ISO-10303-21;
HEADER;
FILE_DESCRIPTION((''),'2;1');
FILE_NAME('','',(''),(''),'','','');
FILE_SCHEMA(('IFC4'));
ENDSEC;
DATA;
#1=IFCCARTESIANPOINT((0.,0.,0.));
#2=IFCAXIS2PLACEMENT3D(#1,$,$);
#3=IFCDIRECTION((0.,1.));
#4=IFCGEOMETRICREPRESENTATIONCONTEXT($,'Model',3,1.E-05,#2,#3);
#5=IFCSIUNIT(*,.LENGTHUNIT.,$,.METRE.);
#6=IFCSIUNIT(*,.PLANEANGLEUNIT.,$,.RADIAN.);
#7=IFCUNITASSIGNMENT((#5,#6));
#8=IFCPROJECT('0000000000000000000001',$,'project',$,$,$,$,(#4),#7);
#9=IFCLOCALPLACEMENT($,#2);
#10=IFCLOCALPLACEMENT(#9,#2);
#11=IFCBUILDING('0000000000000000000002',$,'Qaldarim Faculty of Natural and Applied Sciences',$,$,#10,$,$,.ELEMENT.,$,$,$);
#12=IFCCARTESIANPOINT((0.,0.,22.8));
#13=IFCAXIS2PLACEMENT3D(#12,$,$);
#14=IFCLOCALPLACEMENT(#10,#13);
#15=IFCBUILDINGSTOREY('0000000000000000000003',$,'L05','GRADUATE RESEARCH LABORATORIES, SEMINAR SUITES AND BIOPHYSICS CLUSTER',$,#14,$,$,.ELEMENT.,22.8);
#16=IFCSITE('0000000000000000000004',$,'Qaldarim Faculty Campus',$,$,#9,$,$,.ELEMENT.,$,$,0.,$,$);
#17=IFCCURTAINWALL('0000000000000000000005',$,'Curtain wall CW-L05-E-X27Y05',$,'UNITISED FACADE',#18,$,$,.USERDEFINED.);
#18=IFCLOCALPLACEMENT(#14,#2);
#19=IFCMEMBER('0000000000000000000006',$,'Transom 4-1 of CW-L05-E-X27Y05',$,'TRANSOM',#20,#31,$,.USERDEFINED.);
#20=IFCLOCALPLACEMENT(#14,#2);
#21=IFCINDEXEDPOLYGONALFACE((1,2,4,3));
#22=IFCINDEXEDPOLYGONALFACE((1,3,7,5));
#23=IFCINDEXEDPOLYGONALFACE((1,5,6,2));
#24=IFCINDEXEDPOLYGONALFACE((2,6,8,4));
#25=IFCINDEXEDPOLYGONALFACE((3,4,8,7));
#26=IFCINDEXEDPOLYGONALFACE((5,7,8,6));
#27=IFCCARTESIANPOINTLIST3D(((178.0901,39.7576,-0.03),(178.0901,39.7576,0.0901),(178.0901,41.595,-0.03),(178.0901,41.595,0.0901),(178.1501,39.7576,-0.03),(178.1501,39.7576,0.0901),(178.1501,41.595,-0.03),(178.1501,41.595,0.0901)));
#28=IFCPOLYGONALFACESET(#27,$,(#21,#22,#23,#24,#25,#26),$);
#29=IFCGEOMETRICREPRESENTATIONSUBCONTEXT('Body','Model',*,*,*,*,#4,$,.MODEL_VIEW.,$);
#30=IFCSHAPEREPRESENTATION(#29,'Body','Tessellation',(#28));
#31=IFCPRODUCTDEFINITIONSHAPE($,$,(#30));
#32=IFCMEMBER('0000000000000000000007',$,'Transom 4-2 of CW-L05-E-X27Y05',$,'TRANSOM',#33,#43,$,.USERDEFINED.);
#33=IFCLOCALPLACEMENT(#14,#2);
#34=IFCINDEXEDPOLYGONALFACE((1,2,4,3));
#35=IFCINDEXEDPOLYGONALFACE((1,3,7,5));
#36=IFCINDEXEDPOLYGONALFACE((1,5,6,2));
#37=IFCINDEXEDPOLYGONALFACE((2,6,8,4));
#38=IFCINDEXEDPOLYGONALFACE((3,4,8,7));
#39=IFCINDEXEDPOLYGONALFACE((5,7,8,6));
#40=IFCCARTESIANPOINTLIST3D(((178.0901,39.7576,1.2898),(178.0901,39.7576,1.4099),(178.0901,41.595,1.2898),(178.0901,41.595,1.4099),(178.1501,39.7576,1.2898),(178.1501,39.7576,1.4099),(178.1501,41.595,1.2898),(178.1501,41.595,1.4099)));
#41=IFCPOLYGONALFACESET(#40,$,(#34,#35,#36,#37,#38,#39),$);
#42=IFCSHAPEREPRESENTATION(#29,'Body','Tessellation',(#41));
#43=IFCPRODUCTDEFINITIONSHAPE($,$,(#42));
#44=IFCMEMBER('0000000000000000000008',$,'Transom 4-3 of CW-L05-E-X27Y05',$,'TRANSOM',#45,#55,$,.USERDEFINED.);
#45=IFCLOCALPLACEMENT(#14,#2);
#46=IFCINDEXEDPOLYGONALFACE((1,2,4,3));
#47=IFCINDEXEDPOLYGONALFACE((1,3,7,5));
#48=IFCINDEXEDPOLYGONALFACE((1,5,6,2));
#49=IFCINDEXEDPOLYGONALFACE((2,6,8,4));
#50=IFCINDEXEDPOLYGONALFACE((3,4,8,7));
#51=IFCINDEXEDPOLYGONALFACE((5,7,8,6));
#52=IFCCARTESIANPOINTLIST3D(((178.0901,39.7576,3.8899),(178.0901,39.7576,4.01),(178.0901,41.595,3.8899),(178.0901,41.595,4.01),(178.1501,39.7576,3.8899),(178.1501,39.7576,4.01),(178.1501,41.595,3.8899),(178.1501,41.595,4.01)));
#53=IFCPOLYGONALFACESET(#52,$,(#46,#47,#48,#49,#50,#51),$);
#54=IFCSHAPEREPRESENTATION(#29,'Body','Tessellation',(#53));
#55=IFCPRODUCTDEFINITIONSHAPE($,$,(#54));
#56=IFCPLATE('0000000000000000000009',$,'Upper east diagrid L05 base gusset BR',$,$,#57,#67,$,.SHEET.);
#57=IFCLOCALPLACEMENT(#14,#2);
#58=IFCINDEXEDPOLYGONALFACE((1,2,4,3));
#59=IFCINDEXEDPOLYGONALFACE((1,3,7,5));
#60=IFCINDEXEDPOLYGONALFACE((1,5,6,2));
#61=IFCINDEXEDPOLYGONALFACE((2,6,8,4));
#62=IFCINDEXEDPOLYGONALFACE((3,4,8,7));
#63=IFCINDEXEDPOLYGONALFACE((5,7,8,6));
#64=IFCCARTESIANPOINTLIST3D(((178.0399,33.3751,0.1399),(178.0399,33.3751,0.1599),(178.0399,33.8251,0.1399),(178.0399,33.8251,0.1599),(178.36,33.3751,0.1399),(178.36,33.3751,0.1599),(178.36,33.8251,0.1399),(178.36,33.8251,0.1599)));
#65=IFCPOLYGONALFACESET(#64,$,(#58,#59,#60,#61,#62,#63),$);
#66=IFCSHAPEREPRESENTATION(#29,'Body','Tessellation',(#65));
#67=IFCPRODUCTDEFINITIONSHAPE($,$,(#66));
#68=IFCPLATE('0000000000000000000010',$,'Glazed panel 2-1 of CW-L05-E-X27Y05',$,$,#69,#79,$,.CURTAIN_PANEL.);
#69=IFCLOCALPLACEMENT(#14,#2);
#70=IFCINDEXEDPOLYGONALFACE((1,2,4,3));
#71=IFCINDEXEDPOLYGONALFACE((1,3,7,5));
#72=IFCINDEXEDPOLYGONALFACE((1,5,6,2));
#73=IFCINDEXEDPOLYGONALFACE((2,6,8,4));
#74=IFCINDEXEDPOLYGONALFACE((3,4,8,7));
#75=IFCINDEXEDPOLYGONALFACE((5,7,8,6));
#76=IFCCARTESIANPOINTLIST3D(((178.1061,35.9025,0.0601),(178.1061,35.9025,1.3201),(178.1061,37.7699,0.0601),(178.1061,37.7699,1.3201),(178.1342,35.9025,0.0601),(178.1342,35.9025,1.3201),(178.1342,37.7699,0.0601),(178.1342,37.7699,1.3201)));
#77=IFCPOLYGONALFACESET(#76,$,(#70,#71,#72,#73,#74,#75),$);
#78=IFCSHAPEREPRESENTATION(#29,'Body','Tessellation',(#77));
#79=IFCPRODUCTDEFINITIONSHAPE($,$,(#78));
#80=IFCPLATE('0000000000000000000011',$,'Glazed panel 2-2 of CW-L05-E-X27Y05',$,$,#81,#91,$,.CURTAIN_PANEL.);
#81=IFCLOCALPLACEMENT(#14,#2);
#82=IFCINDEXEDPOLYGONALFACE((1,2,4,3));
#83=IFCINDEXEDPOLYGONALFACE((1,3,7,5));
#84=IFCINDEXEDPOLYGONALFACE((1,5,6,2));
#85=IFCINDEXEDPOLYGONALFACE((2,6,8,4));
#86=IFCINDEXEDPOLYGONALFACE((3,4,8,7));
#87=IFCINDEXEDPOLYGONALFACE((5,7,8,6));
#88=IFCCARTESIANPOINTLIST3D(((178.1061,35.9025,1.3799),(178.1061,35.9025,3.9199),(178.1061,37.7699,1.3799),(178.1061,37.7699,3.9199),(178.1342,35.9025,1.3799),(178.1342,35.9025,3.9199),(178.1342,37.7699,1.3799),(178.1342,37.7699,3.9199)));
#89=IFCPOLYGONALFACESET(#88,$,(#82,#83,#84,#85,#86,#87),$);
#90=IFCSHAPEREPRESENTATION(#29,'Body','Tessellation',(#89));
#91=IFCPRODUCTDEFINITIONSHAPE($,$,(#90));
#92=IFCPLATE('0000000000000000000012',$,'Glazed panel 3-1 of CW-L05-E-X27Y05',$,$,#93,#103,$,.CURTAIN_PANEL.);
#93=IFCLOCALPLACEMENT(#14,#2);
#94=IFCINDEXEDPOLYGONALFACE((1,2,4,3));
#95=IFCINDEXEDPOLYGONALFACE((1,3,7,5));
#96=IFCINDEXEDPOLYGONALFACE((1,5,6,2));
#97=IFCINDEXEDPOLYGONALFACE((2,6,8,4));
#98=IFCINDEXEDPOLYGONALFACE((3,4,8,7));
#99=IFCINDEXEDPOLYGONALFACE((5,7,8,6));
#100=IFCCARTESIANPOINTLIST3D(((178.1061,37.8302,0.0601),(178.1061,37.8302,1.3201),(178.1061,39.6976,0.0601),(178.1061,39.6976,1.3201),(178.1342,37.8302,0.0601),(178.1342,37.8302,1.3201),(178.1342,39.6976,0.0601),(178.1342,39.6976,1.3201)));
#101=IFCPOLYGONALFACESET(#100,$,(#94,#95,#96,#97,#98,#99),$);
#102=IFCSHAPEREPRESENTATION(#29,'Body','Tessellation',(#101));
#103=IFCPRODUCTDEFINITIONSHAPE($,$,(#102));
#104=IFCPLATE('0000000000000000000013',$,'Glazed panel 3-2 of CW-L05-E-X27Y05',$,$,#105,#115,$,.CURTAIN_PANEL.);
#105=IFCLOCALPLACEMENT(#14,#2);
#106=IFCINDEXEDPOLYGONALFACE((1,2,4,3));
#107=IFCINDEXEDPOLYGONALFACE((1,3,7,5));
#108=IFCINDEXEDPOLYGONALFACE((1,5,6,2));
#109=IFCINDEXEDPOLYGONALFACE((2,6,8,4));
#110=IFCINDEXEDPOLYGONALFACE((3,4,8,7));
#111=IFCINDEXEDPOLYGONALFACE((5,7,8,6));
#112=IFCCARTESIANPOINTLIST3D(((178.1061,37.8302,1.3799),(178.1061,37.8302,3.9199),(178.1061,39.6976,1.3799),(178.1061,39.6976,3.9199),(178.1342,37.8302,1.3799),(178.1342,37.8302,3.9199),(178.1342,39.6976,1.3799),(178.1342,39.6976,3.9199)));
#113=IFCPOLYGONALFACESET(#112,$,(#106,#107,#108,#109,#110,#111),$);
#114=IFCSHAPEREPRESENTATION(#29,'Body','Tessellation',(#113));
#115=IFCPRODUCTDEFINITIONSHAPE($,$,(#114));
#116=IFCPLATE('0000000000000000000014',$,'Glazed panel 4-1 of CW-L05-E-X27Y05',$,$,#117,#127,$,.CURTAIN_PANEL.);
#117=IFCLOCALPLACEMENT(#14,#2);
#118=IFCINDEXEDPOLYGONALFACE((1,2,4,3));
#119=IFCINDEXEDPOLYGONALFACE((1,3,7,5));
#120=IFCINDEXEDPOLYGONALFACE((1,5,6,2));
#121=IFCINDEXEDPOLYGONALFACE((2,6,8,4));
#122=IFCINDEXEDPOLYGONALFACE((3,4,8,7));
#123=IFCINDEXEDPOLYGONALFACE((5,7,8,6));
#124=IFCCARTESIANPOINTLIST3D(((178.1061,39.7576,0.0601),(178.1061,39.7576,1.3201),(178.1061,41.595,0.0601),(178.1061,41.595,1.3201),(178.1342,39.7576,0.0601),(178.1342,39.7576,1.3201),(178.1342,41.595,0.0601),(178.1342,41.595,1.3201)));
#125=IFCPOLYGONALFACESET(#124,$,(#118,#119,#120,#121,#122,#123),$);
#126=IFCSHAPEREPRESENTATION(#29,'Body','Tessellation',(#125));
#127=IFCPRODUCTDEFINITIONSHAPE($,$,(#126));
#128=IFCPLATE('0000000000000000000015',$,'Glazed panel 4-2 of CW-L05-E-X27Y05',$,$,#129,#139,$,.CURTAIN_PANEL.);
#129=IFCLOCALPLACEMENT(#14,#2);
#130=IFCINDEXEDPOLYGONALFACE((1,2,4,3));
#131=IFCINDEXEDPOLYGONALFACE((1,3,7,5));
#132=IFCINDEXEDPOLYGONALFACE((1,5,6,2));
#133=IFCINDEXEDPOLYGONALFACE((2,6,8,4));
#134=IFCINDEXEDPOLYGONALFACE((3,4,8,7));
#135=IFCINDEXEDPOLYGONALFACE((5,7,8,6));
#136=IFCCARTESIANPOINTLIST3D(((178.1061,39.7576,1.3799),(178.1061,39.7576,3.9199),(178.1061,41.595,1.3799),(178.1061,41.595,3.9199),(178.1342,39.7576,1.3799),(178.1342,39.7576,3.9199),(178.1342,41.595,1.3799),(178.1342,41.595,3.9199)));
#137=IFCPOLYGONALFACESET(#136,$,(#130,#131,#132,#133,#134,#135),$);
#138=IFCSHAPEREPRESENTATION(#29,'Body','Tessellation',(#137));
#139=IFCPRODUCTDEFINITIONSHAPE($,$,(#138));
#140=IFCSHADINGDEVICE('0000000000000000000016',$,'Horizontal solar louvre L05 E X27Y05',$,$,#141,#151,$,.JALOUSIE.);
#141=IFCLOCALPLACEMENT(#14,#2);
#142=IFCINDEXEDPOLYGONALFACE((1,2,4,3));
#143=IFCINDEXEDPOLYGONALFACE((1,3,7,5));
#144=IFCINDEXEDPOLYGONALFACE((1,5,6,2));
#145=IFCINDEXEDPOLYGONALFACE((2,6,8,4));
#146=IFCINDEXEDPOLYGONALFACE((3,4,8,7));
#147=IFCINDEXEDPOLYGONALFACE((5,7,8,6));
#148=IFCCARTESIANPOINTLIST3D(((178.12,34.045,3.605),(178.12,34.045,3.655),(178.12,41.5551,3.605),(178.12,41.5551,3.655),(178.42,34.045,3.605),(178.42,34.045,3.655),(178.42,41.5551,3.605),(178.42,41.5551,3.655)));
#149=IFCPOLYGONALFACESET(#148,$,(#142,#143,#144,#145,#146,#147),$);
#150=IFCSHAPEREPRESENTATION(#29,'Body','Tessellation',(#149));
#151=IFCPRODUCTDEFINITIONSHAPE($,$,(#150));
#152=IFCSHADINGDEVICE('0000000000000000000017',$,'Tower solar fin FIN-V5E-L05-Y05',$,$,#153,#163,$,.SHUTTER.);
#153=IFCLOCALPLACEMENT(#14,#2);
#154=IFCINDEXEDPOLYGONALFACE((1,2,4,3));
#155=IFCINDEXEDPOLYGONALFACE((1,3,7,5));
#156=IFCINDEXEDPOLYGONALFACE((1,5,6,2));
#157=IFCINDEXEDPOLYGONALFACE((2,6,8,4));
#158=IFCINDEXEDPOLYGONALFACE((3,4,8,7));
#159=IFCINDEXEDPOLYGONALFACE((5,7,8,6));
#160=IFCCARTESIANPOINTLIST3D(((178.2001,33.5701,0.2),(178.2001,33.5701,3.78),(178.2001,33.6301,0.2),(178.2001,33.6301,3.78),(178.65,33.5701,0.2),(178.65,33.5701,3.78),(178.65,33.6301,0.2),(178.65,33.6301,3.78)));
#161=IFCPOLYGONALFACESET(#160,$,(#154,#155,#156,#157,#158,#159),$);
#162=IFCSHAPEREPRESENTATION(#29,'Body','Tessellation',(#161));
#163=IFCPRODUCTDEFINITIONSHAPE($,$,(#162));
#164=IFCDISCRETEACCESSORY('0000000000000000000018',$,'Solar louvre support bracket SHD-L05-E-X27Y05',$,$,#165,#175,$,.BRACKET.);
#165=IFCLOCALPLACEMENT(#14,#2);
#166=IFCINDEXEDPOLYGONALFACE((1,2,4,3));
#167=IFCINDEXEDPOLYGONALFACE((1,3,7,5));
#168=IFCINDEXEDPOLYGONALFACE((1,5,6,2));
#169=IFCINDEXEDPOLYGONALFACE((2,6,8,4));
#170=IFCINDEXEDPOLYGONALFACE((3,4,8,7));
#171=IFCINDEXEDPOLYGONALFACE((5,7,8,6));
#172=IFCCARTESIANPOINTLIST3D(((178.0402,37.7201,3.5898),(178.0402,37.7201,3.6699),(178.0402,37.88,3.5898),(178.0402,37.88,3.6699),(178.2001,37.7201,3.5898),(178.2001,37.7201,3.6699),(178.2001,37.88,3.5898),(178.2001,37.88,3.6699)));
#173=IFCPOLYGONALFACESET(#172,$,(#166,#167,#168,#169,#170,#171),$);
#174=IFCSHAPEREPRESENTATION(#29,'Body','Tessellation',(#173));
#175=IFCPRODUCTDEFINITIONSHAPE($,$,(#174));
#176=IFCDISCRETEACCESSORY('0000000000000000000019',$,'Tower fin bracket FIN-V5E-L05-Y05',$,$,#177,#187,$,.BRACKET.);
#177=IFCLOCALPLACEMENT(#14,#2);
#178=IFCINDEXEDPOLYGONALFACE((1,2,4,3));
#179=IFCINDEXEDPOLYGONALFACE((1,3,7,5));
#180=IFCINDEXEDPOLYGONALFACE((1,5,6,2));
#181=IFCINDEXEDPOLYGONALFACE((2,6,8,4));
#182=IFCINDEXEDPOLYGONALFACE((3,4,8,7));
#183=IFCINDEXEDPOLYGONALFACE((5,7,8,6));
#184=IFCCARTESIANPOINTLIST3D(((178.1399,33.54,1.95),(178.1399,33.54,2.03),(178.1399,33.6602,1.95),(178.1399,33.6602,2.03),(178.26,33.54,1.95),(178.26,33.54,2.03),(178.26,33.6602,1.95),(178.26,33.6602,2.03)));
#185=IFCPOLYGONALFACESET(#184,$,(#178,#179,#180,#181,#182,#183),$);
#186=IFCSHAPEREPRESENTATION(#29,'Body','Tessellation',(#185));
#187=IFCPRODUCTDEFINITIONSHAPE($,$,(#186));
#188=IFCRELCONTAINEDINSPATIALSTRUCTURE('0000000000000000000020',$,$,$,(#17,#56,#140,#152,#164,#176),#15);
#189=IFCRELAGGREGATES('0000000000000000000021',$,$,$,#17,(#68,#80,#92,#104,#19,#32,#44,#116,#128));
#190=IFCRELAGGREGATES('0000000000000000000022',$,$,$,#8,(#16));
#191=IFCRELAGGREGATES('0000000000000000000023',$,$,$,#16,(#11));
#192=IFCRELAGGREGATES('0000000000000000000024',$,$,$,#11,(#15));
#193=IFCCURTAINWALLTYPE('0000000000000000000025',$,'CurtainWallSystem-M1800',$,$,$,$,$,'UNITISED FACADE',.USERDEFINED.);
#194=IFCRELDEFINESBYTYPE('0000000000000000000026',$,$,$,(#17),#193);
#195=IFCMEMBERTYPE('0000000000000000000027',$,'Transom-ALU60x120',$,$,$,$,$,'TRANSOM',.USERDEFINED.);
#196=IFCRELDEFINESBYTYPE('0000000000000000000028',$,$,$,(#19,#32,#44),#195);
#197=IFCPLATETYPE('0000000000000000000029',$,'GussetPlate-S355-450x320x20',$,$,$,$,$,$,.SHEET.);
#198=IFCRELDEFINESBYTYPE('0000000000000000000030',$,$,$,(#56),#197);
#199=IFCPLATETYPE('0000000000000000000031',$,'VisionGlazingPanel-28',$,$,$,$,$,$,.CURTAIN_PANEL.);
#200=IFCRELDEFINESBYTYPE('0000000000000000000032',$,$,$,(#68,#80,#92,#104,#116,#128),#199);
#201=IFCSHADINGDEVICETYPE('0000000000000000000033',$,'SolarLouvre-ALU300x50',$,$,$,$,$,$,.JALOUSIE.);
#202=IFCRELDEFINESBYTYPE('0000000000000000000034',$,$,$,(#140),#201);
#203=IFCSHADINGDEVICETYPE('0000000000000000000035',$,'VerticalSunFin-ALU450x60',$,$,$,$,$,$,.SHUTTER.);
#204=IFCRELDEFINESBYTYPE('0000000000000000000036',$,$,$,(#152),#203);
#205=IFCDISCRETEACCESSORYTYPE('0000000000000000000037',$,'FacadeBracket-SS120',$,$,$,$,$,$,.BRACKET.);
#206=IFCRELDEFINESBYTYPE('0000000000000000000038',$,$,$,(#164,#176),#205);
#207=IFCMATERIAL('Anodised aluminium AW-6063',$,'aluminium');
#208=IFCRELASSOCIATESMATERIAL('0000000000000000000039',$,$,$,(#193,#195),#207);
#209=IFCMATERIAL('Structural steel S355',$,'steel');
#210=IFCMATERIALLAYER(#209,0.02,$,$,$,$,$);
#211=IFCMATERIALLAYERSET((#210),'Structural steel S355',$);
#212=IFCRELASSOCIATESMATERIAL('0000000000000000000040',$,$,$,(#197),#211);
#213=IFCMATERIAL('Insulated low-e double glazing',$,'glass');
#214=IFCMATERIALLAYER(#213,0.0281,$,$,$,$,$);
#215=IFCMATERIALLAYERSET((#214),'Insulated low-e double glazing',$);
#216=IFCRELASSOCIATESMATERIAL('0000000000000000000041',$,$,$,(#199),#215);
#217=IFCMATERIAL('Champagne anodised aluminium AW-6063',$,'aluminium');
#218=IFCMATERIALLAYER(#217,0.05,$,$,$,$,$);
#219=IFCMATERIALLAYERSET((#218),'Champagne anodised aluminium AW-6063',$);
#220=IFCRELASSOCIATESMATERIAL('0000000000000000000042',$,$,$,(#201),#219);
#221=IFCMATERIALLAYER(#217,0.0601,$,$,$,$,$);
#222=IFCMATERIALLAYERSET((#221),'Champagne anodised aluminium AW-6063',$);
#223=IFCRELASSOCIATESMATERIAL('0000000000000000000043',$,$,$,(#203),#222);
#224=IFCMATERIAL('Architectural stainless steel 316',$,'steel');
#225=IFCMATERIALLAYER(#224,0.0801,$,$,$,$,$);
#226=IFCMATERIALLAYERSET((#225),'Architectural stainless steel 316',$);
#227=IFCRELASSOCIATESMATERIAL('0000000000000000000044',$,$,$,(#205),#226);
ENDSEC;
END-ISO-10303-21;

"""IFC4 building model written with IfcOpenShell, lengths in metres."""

from ifc_helpers import new_model, si_unit, direction, frame, origin, origin_2d, place, context, subcontext, project, spatial, rectangle, extrude, material, layer, layer_set, material_profile, profile_set, type_object, element, aggregate, save


model = new_model("IFC4")

# Units and contexts
model_context = context("Model", 3, precision=1e-05, world=origin(), true_north=direction((0.0, 1.0)))
body_context = subcontext(model_context, "Body", "Model", "MODEL_VIEW")
ifc_project = project(units=[si_unit("LENGTHUNIT", "METRE"), si_unit("PLANEANGLEUNIT", "RADIAN")], contexts=[model_context])

# Site, building, storey
site_placement = place(None, origin())
site = spatial("IfcSite", under=ifc_project, at=site_placement, Name="Qaldarim Faculty Campus", CompositionType="ELEMENT", RefElevation=0.0)
building_placement = place(site_placement, origin())
building = spatial("IfcBuilding", under=site, at=building_placement, Name="Qaldarim Faculty of Natural and Applied Sciences", CompositionType="ELEMENT")
storey_placement = place(building_placement, frame((0.0, 0.0, 22.8)))
storey = spatial("IfcBuildingStorey", under=building, at=storey_placement, Name="L05", Description="GRADUATE RESEARCH LABORATORIES, SEMINAR SUITES AND BIOPHYSICS CLUSTER", CompositionType="ELEMENT", Elevation=22.8)

# Shared definitions
ifc_material_1 = material(Name="Structural steel S355", Category="steel")

# Curtain wall
ifc_material_2 = material(Name="Anodised aluminium AW-6063", Category="aluminium")
curtain_wall_type = type_object("IfcCurtainWallType", Name="CurtainWallSystem-M1800", ElementType="UNITISED FACADE", PredefinedType="USERDEFINED", material=ifc_material_2)
curtain_wall_placement = place(storey_placement, origin())
curtain_wall = element("IfcCurtainWall", 1, at=curtain_wall_placement, inside=storey, type_object=curtain_wall_type, Name="Curtain wall CW-L05-E-X27Y05", ObjectType="UNITISED FACADE", PredefinedType="USERDEFINED")

# Members
ifc_material_profile_1 = material_profile(ifc_material_2, rectangle(XDim=0.0601, YDim=0.1201, at=origin_2d()), Name="ALU-T60x120")
ifc_profile_set_1 = profile_set([ifc_material_profile_1], Name="Anodised aluminium AW-6063")
member_type_1 = type_object("IfcMemberType", Name="Transom-ALU60x120", ElementType="TRANSOM", PredefinedType="USERDEFINED", material=ifc_profile_set_1)
member_1_placement = place(storey_placement, frame((178.1201, 39.7576, 0.03), z_axis=(0.0, 1.0, 0.0), x_axis=(-1.0, 0.0, 0.0)))
member_1 = element("IfcMember", 2, at=member_1_placement, type_object=member_type_1, Name="Transom 4-1 of CW-L05-E-X27Y05", ObjectType="TRANSOM", PredefinedType="USERDEFINED", context=body_context, shape_type="SweptSolid", body=[
    extrude(rectangle(XDim=0.0601, YDim=0.1201, at=origin_2d()), origin(), (0.0, 0.0, 1.0), 1.8374),
])
member_2_placement = place(storey_placement, frame((178.1201, 39.7576, 1.3499), z_axis=(0.0, 1.0, 0.0), x_axis=(-1.0, 0.0, 0.0)))
member_2 = element("IfcMember", 3, at=member_2_placement, type_object=member_type_1, Name="Transom 4-2 of CW-L05-E-X27Y05", ObjectType="TRANSOM", PredefinedType="USERDEFINED", context=body_context, shape_type="SweptSolid", body=[
    extrude(rectangle(XDim=0.0601, YDim=0.1201, at=origin_2d()), origin(), (0.0, 0.0, 1.0), 1.8374),
])
member_3_placement = place(storey_placement, frame((178.1201, 39.7576, 3.95), z_axis=(0.0, 1.0, 0.0), x_axis=(-1.0, 0.0, 0.0)))
member_3 = element("IfcMember", 4, at=member_3_placement, type_object=member_type_1, Name="Transom 4-3 of CW-L05-E-X27Y05", ObjectType="TRANSOM", PredefinedType="USERDEFINED", context=body_context, shape_type="SweptSolid", body=[
    extrude(rectangle(XDim=0.0601, YDim=0.1201, at=origin_2d()), origin(), (0.0, 0.0, 1.0), 1.8374),
])

# Plates
ifc_layer_1 = layer(ifc_material_1, 0.02)
ifc_layer_set_1 = layer_set([ifc_layer_1], Name="Structural steel S355")
plate_type_1 = type_object("IfcPlateType", Name="GussetPlate-S355-450x320x20", PredefinedType="SHEET", material=ifc_layer_set_1)
plate_1_placement = place(storey_placement, frame((178.2, 33.6001, 0.1399), z_axis=(0.0, 0.0, 1.0), x_axis=(0.0, 1.0, 0.0)))
element("IfcPlate", 5, at=plate_1_placement, inside=storey, type_object=plate_type_1, Name="Upper east diagrid L05 base gusset BR", PredefinedType="SHEET", context=body_context, shape_type="SweptSolid", body=[
    extrude(rectangle(XDim=0.45, YDim=0.3201, at=origin_2d()), origin(), (0.0, 0.0, 1.0), 0.02),
])
ifc_material_3 = material(Name="Insulated low-e double glazing", Category="glass")
ifc_layer_2 = layer(ifc_material_3, 0.0281)
ifc_layer_set_2 = layer_set([ifc_layer_2], Name="Insulated low-e double glazing")
plate_type_2 = type_object("IfcPlateType", Name="VisionGlazingPanel-28", PredefinedType="CURTAIN_PANEL", material=ifc_layer_set_2)
plate_2_placement = place(storey_placement, frame((178.1201, 36.8362, 0.0601), z_axis=(0.0, 0.0, 1.0), x_axis=(0.0, 1.0, 0.0)))
plate_2 = element("IfcPlate", 6, at=plate_2_placement, type_object=plate_type_2, Name="Glazed panel 2-1 of CW-L05-E-X27Y05", PredefinedType="CURTAIN_PANEL", context=body_context, shape_type="SweptSolid", body=[
    extrude(rectangle(XDim=1.8674, YDim=0.0281, at=origin_2d()), origin(), (0.0, 0.0, 1.0), 1.26),
])
plate_3_placement = place(storey_placement, frame((178.1201, 36.8362, 1.3799), z_axis=(0.0, 0.0, 1.0), x_axis=(0.0, 1.0, 0.0)))
plate_3 = element("IfcPlate", 7, at=plate_3_placement, type_object=plate_type_2, Name="Glazed panel 2-2 of CW-L05-E-X27Y05", PredefinedType="CURTAIN_PANEL", context=body_context, shape_type="SweptSolid", body=[
    extrude(rectangle(XDim=1.8674, YDim=0.0281, at=origin_2d()), origin(), (0.0, 0.0, 1.0), 2.54),
])
plate_4_placement = place(storey_placement, frame((178.1201, 38.7639, 0.0601), z_axis=(0.0, 0.0, 1.0), x_axis=(0.0, 1.0, 0.0)))
plate_4 = element("IfcPlate", 8, at=plate_4_placement, type_object=plate_type_2, Name="Glazed panel 3-1 of CW-L05-E-X27Y05", PredefinedType="CURTAIN_PANEL", context=body_context, shape_type="SweptSolid", body=[
    extrude(rectangle(XDim=1.8674, YDim=0.0281, at=origin_2d()), origin(), (0.0, 0.0, 1.0), 1.26),
])
plate_5_placement = place(storey_placement, frame((178.1201, 38.7639, 1.3799), z_axis=(0.0, 0.0, 1.0), x_axis=(0.0, 1.0, 0.0)))
plate_5 = element("IfcPlate", 9, at=plate_5_placement, type_object=plate_type_2, Name="Glazed panel 3-2 of CW-L05-E-X27Y05", PredefinedType="CURTAIN_PANEL", context=body_context, shape_type="SweptSolid", body=[
    extrude(rectangle(XDim=1.8674, YDim=0.0281, at=origin_2d()), origin(), (0.0, 0.0, 1.0), 2.54),
])
plate_6_placement = place(storey_placement, frame((178.1201, 40.6763, 0.0601), z_axis=(0.0, 0.0, 1.0), x_axis=(0.0, 1.0, 0.0)))
plate_6 = element("IfcPlate", 10, at=plate_6_placement, type_object=plate_type_2, Name="Glazed panel 4-1 of CW-L05-E-X27Y05", PredefinedType="CURTAIN_PANEL", context=body_context, shape_type="SweptSolid", body=[
    extrude(rectangle(XDim=1.8374, YDim=0.0281, at=origin_2d()), origin(), (0.0, 0.0, 1.0), 1.26),
])
plate_7_placement = place(storey_placement, frame((178.1201, 40.6763, 1.3799), z_axis=(0.0, 0.0, 1.0), x_axis=(0.0, 1.0, 0.0)))
plate_7 = element("IfcPlate", 11, at=plate_7_placement, type_object=plate_type_2, Name="Glazed panel 4-2 of CW-L05-E-X27Y05", PredefinedType="CURTAIN_PANEL", context=body_context, shape_type="SweptSolid", body=[
    extrude(rectangle(XDim=1.8374, YDim=0.0281, at=origin_2d()), origin(), (0.0, 0.0, 1.0), 2.54),
])
aggregate(curtain_wall, [plate_2, plate_3, plate_4, plate_5, member_1, member_2, member_3, plate_6, plate_7])

# Shading devices
ifc_material_4 = material(Name="Champagne anodised aluminium AW-6063", Category="aluminium")
ifc_layer_3 = layer(ifc_material_4, 0.05)
ifc_layer_set_3 = layer_set([ifc_layer_3], Name="Champagne anodised aluminium AW-6063")
shading_device_type_1 = type_object("IfcShadingDeviceType", Name="SolarLouvre-ALU300x50", PredefinedType="JALOUSIE", material=ifc_layer_set_3)
shading_device_1_placement = place(storey_placement, frame((178.27, 37.8, 3.605), z_axis=(0.0, 0.0, 1.0), x_axis=(0.0, 1.0, 0.0)))
element("IfcShadingDevice", 12, at=shading_device_1_placement, inside=storey, type_object=shading_device_type_1, Name="Horizontal solar louvre L05 E X27Y05", PredefinedType="JALOUSIE", context=body_context, shape_type="SweptSolid", body=[
    extrude(rectangle(XDim=7.51, YDim=0.3, at=origin_2d()), origin(), (0.0, 0.0, 1.0), 0.05),
])
ifc_layer_4 = layer(ifc_material_4, 0.0601)
ifc_layer_set_4 = layer_set([ifc_layer_4], Name="Champagne anodised aluminium AW-6063")
shading_device_type_2 = type_object("IfcShadingDeviceType", Name="VerticalSunFin-ALU450x60", PredefinedType="SHUTTER", material=ifc_layer_set_4)
shading_device_2_placement = place(storey_placement, frame((178.425, 33.6001, 0.2), z_axis=(0.0, 0.0, 1.0), x_axis=(1.0, 0.0, 0.0)))
element("IfcShadingDevice", 13, at=shading_device_2_placement, inside=storey, type_object=shading_device_type_2, Name="Tower solar fin FIN-V5E-L05-Y05", PredefinedType="SHUTTER", context=body_context, shape_type="SweptSolid", body=[
    extrude(rectangle(XDim=0.45, YDim=0.0601, at=origin_2d()), origin(), (0.0, 0.0, 1.0), 3.5801),
])

# Discrete accessories
ifc_material_5 = material(Name="Architectural stainless steel 316", Category="steel")
ifc_layer_5 = layer(ifc_material_5, 0.0801)
ifc_layer_set_5 = layer_set([ifc_layer_5], Name="Architectural stainless steel 316")
discrete_accessory_type = type_object("IfcDiscreteAccessoryType", Name="FacadeBracket-SS120", PredefinedType="BRACKET", material=ifc_layer_set_5)
discrete_accessory_1_placement = place(storey_placement, frame((178.1201, 37.8, 3.5898), z_axis=(0.0, 0.0, 1.0), x_axis=(0.0, 1.0, 0.0)))
element("IfcDiscreteAccessory", 14, at=discrete_accessory_1_placement, inside=storey, type_object=discrete_accessory_type, Name="Solar louvre support bracket SHD-L05-E-X27Y05", PredefinedType="BRACKET", context=body_context, shape_type="SweptSolid", body=[
    extrude(rectangle(XDim=0.1599, YDim=0.1599, at=origin_2d()), origin(), (0.0, 0.0, 1.0), 0.0801),
])
discrete_accessory_2_placement = place(storey_placement, frame((178.2, 33.6001, 1.95), z_axis=(0.0, 0.0, 1.0), x_axis=(1.0, 0.0, 0.0)))
element("IfcDiscreteAccessory", 15, at=discrete_accessory_2_placement, inside=storey, type_object=discrete_accessory_type, Name="Tower fin bracket FIN-V5E-L05-Y05", PredefinedType="BRACKET", context=body_context, shape_type="SweptSolid", body=[
    extrude(rectangle(XDim=0.1201, YDim=0.1201, at=origin_2d()), origin(), (0.0, 0.0, 1.0), 0.0801),
])

save(model, "model.ifc")
